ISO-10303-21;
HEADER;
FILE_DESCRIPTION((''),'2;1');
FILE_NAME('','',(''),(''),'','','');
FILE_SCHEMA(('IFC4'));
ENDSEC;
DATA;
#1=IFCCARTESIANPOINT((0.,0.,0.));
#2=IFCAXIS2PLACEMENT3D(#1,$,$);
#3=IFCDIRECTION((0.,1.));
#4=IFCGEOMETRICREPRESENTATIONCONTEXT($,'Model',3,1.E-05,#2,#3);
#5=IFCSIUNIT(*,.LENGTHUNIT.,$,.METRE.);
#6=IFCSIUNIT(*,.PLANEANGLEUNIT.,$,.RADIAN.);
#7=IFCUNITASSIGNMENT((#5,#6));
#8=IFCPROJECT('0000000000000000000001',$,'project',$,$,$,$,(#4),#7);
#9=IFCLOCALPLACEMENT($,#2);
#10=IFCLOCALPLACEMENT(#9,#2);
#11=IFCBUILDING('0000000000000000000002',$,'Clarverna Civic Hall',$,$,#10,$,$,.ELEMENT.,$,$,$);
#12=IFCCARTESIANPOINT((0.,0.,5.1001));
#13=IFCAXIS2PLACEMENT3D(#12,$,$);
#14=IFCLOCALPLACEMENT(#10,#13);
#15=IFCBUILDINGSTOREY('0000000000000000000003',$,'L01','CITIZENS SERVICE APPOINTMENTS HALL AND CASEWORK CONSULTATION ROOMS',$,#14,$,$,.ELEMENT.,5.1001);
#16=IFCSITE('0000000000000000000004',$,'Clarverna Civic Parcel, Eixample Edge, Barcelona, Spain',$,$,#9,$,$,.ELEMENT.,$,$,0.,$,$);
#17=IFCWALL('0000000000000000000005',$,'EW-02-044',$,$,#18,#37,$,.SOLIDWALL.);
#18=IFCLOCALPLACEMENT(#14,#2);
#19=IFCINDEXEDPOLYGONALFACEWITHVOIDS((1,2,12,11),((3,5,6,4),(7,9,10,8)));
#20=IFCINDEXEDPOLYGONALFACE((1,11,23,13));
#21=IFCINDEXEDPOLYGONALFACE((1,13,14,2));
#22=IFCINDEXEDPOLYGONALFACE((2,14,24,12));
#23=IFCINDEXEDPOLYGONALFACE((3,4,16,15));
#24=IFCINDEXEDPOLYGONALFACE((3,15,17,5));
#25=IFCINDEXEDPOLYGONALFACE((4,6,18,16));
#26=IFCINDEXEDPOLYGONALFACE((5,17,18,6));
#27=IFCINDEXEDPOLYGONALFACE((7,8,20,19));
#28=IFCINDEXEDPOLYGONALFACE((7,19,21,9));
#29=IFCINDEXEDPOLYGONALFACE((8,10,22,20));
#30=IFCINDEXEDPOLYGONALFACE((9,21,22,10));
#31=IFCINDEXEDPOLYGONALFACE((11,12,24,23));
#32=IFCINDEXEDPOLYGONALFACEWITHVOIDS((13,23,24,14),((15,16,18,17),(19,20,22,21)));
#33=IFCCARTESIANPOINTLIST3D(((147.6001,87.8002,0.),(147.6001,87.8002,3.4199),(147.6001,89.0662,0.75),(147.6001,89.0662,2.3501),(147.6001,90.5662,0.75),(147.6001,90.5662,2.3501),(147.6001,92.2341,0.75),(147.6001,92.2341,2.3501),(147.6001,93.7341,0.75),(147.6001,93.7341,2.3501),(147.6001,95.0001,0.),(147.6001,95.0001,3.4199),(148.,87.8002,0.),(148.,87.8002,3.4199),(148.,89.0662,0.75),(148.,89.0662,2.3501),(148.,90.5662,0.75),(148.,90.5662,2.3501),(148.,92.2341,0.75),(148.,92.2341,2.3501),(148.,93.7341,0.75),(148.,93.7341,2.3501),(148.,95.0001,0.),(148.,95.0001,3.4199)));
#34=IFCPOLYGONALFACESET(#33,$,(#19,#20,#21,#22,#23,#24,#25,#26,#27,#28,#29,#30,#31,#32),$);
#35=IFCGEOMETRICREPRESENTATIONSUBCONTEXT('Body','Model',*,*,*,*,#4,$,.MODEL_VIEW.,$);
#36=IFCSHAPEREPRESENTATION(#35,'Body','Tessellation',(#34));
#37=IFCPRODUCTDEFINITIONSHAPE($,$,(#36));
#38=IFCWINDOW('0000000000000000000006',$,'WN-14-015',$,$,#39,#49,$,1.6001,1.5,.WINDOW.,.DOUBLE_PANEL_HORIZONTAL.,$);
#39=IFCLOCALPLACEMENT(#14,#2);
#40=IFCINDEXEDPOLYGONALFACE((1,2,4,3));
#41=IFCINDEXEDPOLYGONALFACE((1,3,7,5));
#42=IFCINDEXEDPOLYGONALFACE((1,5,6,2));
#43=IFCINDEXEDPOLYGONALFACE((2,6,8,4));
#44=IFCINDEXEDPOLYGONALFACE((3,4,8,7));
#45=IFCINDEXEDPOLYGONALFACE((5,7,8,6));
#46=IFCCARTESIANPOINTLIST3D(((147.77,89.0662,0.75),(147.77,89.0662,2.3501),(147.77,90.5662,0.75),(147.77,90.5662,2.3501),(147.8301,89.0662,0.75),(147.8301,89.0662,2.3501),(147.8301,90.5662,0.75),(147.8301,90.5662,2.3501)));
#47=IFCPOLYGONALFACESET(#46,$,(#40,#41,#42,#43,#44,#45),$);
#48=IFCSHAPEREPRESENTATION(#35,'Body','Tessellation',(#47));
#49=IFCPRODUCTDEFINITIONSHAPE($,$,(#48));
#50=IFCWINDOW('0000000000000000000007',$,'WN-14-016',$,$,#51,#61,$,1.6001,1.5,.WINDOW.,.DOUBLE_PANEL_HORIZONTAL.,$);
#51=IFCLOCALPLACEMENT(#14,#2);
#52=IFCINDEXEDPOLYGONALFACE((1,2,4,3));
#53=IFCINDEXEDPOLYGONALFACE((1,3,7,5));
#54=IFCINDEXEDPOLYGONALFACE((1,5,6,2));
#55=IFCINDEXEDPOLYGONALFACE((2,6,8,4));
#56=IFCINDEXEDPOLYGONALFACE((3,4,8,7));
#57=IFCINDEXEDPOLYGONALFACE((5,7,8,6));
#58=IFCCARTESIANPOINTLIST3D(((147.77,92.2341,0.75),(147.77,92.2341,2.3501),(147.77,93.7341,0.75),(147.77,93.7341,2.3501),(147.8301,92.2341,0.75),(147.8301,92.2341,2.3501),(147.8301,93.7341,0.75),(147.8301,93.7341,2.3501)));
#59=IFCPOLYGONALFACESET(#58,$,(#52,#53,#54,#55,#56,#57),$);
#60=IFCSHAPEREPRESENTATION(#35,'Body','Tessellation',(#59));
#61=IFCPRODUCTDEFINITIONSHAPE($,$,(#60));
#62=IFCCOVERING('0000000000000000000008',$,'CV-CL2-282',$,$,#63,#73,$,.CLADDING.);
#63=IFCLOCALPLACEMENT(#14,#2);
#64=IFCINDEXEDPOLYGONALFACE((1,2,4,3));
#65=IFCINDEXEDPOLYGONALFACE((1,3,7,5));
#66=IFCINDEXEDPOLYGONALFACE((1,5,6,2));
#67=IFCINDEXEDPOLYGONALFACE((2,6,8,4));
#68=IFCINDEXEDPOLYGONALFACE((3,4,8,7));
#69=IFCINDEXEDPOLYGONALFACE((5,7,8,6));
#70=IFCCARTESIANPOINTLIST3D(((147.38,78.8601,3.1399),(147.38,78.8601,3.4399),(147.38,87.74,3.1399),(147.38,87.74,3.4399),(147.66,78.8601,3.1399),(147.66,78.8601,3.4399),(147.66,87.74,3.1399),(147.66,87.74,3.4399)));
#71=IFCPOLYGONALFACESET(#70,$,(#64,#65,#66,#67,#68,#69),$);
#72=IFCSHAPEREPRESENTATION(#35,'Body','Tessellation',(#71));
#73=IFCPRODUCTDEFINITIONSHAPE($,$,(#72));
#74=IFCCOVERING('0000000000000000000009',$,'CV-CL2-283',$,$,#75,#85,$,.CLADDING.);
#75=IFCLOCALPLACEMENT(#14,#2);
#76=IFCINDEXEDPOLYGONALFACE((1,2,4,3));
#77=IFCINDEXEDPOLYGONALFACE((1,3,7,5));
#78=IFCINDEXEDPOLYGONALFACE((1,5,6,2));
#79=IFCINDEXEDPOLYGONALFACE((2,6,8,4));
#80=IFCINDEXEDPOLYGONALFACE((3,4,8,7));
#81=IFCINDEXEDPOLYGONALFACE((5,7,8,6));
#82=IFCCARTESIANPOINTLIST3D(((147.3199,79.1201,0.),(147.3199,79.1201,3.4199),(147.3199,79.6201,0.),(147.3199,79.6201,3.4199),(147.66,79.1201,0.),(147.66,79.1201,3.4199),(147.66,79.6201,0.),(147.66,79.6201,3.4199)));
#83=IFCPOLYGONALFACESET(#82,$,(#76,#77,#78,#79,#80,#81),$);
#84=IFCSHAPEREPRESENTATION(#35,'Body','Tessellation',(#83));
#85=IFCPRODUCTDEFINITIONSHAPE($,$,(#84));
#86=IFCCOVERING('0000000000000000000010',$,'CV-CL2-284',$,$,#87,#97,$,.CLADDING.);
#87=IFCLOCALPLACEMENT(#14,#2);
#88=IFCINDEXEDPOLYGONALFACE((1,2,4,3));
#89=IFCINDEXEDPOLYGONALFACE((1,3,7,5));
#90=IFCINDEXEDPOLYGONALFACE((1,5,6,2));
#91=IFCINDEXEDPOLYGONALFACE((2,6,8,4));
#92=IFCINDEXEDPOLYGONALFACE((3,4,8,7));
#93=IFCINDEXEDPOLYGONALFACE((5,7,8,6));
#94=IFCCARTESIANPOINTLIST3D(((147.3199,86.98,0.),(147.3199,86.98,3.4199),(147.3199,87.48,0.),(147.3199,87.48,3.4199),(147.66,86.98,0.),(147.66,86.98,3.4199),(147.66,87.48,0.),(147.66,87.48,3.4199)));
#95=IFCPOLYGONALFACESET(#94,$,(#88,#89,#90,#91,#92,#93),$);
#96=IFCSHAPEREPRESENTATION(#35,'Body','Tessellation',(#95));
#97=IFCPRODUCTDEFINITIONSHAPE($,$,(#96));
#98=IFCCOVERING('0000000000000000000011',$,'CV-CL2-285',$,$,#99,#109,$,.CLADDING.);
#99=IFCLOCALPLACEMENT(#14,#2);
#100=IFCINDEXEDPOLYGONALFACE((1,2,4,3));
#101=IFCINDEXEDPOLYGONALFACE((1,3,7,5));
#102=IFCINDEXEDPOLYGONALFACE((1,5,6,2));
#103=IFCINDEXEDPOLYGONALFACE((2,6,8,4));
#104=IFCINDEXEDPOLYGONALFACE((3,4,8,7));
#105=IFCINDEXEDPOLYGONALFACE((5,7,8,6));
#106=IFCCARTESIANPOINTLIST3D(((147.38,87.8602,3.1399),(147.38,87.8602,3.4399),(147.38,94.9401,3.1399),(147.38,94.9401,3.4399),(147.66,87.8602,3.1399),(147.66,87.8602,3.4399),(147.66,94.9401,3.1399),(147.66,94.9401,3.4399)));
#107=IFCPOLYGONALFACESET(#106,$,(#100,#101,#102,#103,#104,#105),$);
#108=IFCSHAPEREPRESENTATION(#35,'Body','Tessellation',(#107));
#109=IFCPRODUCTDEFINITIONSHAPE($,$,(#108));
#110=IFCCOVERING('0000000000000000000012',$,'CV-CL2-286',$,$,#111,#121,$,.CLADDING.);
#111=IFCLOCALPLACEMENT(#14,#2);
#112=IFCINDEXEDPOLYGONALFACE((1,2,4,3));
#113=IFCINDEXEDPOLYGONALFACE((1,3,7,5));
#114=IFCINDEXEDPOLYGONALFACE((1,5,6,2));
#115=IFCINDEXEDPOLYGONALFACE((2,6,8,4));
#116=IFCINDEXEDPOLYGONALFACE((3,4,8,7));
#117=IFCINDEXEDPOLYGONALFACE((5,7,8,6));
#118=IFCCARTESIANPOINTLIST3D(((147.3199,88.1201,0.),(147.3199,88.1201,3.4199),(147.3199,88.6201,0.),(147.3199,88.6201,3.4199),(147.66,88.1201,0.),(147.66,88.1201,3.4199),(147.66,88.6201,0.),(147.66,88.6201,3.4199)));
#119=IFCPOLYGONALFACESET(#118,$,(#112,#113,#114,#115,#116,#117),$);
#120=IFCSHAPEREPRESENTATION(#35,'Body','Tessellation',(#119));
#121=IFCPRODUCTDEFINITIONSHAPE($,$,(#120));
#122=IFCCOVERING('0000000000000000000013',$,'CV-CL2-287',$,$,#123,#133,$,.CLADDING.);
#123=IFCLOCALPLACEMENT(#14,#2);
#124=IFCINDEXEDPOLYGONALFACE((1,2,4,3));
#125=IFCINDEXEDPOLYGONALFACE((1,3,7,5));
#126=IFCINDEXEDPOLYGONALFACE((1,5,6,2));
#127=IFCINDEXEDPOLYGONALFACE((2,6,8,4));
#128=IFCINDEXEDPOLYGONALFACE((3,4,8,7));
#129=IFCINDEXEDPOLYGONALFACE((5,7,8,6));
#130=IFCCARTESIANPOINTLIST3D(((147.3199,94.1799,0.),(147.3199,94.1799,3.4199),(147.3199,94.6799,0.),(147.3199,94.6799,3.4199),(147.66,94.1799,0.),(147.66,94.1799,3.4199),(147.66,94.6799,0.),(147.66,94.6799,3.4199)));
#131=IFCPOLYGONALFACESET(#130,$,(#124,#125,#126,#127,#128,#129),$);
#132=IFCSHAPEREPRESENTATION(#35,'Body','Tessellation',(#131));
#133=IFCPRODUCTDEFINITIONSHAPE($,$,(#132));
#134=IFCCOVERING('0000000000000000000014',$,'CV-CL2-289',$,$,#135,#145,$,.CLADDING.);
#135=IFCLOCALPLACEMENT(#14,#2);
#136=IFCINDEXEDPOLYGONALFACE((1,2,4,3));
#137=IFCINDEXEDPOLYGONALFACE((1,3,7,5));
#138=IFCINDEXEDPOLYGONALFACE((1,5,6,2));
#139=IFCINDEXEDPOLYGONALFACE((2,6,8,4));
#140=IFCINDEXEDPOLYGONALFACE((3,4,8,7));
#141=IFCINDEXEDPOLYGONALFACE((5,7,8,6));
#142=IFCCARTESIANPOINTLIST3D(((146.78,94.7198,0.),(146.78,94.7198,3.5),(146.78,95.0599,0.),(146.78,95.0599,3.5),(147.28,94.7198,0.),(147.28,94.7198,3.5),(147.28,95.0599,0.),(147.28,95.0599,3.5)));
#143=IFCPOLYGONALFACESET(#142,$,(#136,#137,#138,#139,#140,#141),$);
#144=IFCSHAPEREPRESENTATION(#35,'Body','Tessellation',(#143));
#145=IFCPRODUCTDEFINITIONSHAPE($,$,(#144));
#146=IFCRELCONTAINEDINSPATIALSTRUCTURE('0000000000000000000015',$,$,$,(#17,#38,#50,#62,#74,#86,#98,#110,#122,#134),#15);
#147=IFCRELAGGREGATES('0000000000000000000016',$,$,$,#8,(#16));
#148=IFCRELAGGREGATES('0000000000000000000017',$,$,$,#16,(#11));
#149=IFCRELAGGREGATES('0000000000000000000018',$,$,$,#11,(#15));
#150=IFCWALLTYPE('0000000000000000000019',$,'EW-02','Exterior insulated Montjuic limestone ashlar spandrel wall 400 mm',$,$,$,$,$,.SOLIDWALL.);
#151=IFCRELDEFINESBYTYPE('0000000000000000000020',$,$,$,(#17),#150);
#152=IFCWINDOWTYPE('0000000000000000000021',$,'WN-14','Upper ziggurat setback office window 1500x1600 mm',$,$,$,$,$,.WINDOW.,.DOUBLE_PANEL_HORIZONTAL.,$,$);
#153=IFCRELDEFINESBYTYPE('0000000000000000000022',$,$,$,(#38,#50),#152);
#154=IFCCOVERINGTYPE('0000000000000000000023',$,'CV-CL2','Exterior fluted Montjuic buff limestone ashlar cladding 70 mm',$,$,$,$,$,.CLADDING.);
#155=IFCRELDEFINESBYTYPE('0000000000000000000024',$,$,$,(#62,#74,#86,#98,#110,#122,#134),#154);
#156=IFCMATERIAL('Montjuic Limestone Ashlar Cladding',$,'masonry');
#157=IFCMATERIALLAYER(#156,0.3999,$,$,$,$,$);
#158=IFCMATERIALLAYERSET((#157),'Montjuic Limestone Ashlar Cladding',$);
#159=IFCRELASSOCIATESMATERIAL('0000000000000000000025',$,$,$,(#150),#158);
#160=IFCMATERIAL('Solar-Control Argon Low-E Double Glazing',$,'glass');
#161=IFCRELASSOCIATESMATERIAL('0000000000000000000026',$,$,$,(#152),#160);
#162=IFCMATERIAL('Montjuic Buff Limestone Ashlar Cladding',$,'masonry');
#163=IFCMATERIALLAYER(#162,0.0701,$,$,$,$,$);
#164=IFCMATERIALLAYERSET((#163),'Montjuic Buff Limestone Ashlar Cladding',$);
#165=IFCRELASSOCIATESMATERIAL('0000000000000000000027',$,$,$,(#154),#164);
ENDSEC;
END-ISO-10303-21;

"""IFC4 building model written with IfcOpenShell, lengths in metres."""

from ifc_helpers import new_model, si_unit, direction, frame, frame_2d, origin, place, context, subcontext, project, spatial, rectangle, extrude, material, layer, layer_set, type_object, element, fill, save


model = new_model("IFC4")

# Units and contexts
model_context = context("Model", 3, precision=1e-05, world=origin(), true_north=direction((0.0, 1.0)))
body_context = subcontext(model_context, "Body", "Model", "MODEL_VIEW")
ifc_project = project(units=[si_unit("LENGTHUNIT", "METRE"), si_unit("PLANEANGLEUNIT", "RADIAN")], contexts=[model_context])

# Site, building, storey
site_placement = place(None, origin())
site = spatial("IfcSite", under=ifc_project, at=site_placement, Name="Clarverna Civic Parcel, Eixample Edge, Barcelona, Spain", CompositionType="ELEMENT", RefElevation=0.0)
building_placement = place(site_placement, origin())
building = spatial("IfcBuilding", under=site, at=building_placement, Name="Clarverna Civic Hall", CompositionType="ELEMENT")
storey_placement = place(building_placement, frame((0.0, 0.0, 5.1001)))
storey = spatial("IfcBuildingStorey", under=building, at=storey_placement, Name="L01", Description="CITIZENS SERVICE APPOINTMENTS HALL AND CASEWORK CONSULTATION ROOMS", CompositionType="ELEMENT", Elevation=5.1001)

# Shared definitions
ifc_material_1 = material(Name="Solar-Control Argon Low-E Double Glazing", Category="glass")

# Wall, openings, windows
ifc_material_2 = material(Name="Montjuic Limestone Ashlar Cladding", Category="masonry")
ifc_layer_1 = layer(ifc_material_2, 0.3999)
ifc_layer_set_1 = layer_set([ifc_layer_1], Name="Montjuic Limestone Ashlar Cladding")
wall_type = type_object("IfcWallType", Name="EW-02", Description="Exterior insulated Montjuic limestone ashlar spandrel wall 400 mm", PredefinedType="SOLIDWALL", material=ifc_layer_set_1)
wall_placement = place(storey_placement, frame((147.8, 87.8, 0.0), z_axis=(0.0, 0.0, 1.0), x_axis=(0.0, 1.0, 0.0)))
wall = element("IfcWall", 1, at=wall_placement, inside=storey, type_object=wall_type, Name="EW-02-044", PredefinedType="SOLIDWALL", context=body_context, shape_type="SweptSolid", body=[
    extrude(rectangle(XDim=7.2, YDim=0.3999, at=frame_2d((3.6001, 0.0))), origin(), (0.0, 0.0, 1.0), 3.4199),
])
opening_1_placement = place(wall_placement, frame((1.2661, 0.0, 0.75)))
opening_1 = element("IfcOpeningElement", 2, at=opening_1_placement, cuts=wall, PredefinedType="OPENING", context=body_context, shape_type="SweptSolid", body=[
    extrude(rectangle(XDim=1.5, YDim=1.6001, at=frame_2d((0.75, 0.8))), frame((0.0, 0.21, 0.0), z_axis=(0.0, -1.0, 0.0), x_axis=(1.0, 0.0, 0.0)), (0.0, 0.0, 1.0), 0.4199),
])
opening_2_placement = place(wall_placement, frame((4.4341, 0.0, 0.75)))
opening_2 = element("IfcOpeningElement", 3, at=opening_2_placement, cuts=wall, PredefinedType="OPENING", context=body_context, shape_type="SweptSolid", body=[
    extrude(rectangle(XDim=1.5, YDim=1.6001, at=frame_2d((0.75, 0.8))), frame((0.0, 0.21, 0.0), z_axis=(0.0, -1.0, 0.0), x_axis=(1.0, 0.0, 0.0)), (0.0, 0.0, 1.0), 0.4199),
])
window_type = type_object("IfcWindowType", Name="WN-14", Description="Upper ziggurat setback office window 1500x1600 mm", PartitioningType="DOUBLE_PANEL_HORIZONTAL", PredefinedType="WINDOW", material=ifc_material_1)
window_1_placement = place(opening_1_placement, origin())
window_1 = element("IfcWindow", 4, at=window_1_placement, inside=storey, type_object=window_type, Name="WN-14-015", OverallHeight=1.6001, OverallWidth=1.5, PartitioningType="DOUBLE_PANEL_HORIZONTAL", PredefinedType="WINDOW", context=body_context, shape_type="SweptSolid", body=[
    extrude(rectangle(XDim=1.5, YDim=1.6001, at=frame_2d((0.75, 0.8))), frame((0.0, 0.03, 0.0), z_axis=(0.0, -1.0, 0.0), x_axis=(1.0, 0.0, 0.0)), (0.0, 0.0, 1.0), 0.0601),
])
fill(opening_1, window_1)
window_2_placement = place(opening_2_placement, origin())
window_2 = element("IfcWindow", 5, at=window_2_placement, inside=storey, type_object=window_type, Name="WN-14-016", OverallHeight=1.6001, OverallWidth=1.5, PartitioningType="DOUBLE_PANEL_HORIZONTAL", PredefinedType="WINDOW", context=body_context, shape_type="SweptSolid", body=[
    extrude(rectangle(XDim=1.5, YDim=1.6001, at=frame_2d((0.75, 0.8))), frame((0.0, 0.03, 0.0), z_axis=(0.0, -1.0, 0.0), x_axis=(1.0, 0.0, 0.0)), (0.0, 0.0, 1.0), 0.0601),
])
fill(opening_2, window_2)

# Coverings
ifc_material_3 = material(Name="Montjuic Buff Limestone Ashlar Cladding", Category="masonry")
ifc_layer_2 = layer(ifc_material_3, 0.0701)
ifc_layer_set_2 = layer_set([ifc_layer_2], Name="Montjuic Buff Limestone Ashlar Cladding")
covering_type = type_object("IfcCoveringType", Name="CV-CL2", Description="Exterior fluted Montjuic buff limestone ashlar cladding 70 mm", PredefinedType="CLADDING", material=ifc_layer_set_2)
covering_1_placement = place(storey_placement, frame((147.52, 78.8601, 3.1399), z_axis=(0.0, 0.0, 1.0), x_axis=(0.0, 1.0, 0.0)))
element("IfcCovering", 6, at=covering_1_placement, inside=storey, type_object=covering_type, Name="CV-CL2-282", PredefinedType="CLADDING", context=body_context, shape_type="SweptSolid", body=[
    extrude(rectangle(XDim=8.8799, YDim=0.28, at=frame_2d((4.4399, 0.0))), origin(), (0.0, 0.0, 1.0), 0.3),
])
for number, where, z_axis, x_axis, name in (
    (7, (147.49, 79.1201, 0.0), (0.0, 0.0, 1.0), (0.0, 1.0, 0.0), "CV-CL2-283"),
    (8, (147.49, 86.98, 0.0), (0.0, 0.0, 1.0), (0.0, 1.0, 0.0), "CV-CL2-284"),
):
    element("IfcCovering", number, at=place(storey_placement, frame(where, z_axis=z_axis, x_axis=x_axis)), inside=storey, type_object=covering_type, Name=name, PredefinedType="CLADDING", context=body_context, shape_type="SweptSolid", body=[
        extrude(rectangle(XDim=0.5, YDim=0.3401, at=frame_2d((0.25, 0.0))), origin(), (0.0, 0.0, 1.0), 3.4199),
    ])
covering_2_placement = place(storey_placement, frame((147.52, 87.8601, 3.1399), z_axis=(0.0, 0.0, 1.0), x_axis=(0.0, 1.0, 0.0)))
element("IfcCovering", 9, at=covering_2_placement, inside=storey, type_object=covering_type, Name="CV-CL2-285", PredefinedType="CLADDING", context=body_context, shape_type="SweptSolid", body=[
    extrude(rectangle(XDim=7.0798, YDim=0.28, at=frame_2d((3.54, 0.0))), origin(), (0.0, 0.0, 1.0), 0.3),
])
for number, where, z_axis, x_axis, name in (
    (10, (147.49, 88.1201, 0.0), (0.0, 0.0, 1.0), (0.0, 1.0, 0.0), "CV-CL2-286"),
    (11, (147.49, 94.1799, 0.0), (0.0, 0.0, 1.0), (0.0, 1.0, 0.0), "CV-CL2-287"),
):
    element("IfcCovering", number, at=place(storey_placement, frame(where, z_axis=z_axis, x_axis=x_axis)), inside=storey, type_object=covering_type, Name=name, PredefinedType="CLADDING", context=body_context, shape_type="SweptSolid", body=[
        extrude(rectangle(XDim=0.5, YDim=0.3401, at=frame_2d((0.25, 0.0))), origin(), (0.0, 0.0, 1.0), 3.4199),
    ])
covering_3_placement = place(storey_placement, frame((147.28, 94.8899, 0.0), z_axis=(0.0, 0.0, 1.0), x_axis=(-1.0, 0.0, 0.0)))
element("IfcCovering", 12, at=covering_3_placement, inside=storey, type_object=covering_type, Name="CV-CL2-289", PredefinedType="CLADDING", context=body_context, shape_type="SweptSolid", body=[
    extrude(rectangle(XDim=0.5, YDim=0.3401, at=frame_2d((0.25, 0.0))), origin(), (0.0, 0.0, 1.0), 3.5),
])

save(model, "model.ifc")
